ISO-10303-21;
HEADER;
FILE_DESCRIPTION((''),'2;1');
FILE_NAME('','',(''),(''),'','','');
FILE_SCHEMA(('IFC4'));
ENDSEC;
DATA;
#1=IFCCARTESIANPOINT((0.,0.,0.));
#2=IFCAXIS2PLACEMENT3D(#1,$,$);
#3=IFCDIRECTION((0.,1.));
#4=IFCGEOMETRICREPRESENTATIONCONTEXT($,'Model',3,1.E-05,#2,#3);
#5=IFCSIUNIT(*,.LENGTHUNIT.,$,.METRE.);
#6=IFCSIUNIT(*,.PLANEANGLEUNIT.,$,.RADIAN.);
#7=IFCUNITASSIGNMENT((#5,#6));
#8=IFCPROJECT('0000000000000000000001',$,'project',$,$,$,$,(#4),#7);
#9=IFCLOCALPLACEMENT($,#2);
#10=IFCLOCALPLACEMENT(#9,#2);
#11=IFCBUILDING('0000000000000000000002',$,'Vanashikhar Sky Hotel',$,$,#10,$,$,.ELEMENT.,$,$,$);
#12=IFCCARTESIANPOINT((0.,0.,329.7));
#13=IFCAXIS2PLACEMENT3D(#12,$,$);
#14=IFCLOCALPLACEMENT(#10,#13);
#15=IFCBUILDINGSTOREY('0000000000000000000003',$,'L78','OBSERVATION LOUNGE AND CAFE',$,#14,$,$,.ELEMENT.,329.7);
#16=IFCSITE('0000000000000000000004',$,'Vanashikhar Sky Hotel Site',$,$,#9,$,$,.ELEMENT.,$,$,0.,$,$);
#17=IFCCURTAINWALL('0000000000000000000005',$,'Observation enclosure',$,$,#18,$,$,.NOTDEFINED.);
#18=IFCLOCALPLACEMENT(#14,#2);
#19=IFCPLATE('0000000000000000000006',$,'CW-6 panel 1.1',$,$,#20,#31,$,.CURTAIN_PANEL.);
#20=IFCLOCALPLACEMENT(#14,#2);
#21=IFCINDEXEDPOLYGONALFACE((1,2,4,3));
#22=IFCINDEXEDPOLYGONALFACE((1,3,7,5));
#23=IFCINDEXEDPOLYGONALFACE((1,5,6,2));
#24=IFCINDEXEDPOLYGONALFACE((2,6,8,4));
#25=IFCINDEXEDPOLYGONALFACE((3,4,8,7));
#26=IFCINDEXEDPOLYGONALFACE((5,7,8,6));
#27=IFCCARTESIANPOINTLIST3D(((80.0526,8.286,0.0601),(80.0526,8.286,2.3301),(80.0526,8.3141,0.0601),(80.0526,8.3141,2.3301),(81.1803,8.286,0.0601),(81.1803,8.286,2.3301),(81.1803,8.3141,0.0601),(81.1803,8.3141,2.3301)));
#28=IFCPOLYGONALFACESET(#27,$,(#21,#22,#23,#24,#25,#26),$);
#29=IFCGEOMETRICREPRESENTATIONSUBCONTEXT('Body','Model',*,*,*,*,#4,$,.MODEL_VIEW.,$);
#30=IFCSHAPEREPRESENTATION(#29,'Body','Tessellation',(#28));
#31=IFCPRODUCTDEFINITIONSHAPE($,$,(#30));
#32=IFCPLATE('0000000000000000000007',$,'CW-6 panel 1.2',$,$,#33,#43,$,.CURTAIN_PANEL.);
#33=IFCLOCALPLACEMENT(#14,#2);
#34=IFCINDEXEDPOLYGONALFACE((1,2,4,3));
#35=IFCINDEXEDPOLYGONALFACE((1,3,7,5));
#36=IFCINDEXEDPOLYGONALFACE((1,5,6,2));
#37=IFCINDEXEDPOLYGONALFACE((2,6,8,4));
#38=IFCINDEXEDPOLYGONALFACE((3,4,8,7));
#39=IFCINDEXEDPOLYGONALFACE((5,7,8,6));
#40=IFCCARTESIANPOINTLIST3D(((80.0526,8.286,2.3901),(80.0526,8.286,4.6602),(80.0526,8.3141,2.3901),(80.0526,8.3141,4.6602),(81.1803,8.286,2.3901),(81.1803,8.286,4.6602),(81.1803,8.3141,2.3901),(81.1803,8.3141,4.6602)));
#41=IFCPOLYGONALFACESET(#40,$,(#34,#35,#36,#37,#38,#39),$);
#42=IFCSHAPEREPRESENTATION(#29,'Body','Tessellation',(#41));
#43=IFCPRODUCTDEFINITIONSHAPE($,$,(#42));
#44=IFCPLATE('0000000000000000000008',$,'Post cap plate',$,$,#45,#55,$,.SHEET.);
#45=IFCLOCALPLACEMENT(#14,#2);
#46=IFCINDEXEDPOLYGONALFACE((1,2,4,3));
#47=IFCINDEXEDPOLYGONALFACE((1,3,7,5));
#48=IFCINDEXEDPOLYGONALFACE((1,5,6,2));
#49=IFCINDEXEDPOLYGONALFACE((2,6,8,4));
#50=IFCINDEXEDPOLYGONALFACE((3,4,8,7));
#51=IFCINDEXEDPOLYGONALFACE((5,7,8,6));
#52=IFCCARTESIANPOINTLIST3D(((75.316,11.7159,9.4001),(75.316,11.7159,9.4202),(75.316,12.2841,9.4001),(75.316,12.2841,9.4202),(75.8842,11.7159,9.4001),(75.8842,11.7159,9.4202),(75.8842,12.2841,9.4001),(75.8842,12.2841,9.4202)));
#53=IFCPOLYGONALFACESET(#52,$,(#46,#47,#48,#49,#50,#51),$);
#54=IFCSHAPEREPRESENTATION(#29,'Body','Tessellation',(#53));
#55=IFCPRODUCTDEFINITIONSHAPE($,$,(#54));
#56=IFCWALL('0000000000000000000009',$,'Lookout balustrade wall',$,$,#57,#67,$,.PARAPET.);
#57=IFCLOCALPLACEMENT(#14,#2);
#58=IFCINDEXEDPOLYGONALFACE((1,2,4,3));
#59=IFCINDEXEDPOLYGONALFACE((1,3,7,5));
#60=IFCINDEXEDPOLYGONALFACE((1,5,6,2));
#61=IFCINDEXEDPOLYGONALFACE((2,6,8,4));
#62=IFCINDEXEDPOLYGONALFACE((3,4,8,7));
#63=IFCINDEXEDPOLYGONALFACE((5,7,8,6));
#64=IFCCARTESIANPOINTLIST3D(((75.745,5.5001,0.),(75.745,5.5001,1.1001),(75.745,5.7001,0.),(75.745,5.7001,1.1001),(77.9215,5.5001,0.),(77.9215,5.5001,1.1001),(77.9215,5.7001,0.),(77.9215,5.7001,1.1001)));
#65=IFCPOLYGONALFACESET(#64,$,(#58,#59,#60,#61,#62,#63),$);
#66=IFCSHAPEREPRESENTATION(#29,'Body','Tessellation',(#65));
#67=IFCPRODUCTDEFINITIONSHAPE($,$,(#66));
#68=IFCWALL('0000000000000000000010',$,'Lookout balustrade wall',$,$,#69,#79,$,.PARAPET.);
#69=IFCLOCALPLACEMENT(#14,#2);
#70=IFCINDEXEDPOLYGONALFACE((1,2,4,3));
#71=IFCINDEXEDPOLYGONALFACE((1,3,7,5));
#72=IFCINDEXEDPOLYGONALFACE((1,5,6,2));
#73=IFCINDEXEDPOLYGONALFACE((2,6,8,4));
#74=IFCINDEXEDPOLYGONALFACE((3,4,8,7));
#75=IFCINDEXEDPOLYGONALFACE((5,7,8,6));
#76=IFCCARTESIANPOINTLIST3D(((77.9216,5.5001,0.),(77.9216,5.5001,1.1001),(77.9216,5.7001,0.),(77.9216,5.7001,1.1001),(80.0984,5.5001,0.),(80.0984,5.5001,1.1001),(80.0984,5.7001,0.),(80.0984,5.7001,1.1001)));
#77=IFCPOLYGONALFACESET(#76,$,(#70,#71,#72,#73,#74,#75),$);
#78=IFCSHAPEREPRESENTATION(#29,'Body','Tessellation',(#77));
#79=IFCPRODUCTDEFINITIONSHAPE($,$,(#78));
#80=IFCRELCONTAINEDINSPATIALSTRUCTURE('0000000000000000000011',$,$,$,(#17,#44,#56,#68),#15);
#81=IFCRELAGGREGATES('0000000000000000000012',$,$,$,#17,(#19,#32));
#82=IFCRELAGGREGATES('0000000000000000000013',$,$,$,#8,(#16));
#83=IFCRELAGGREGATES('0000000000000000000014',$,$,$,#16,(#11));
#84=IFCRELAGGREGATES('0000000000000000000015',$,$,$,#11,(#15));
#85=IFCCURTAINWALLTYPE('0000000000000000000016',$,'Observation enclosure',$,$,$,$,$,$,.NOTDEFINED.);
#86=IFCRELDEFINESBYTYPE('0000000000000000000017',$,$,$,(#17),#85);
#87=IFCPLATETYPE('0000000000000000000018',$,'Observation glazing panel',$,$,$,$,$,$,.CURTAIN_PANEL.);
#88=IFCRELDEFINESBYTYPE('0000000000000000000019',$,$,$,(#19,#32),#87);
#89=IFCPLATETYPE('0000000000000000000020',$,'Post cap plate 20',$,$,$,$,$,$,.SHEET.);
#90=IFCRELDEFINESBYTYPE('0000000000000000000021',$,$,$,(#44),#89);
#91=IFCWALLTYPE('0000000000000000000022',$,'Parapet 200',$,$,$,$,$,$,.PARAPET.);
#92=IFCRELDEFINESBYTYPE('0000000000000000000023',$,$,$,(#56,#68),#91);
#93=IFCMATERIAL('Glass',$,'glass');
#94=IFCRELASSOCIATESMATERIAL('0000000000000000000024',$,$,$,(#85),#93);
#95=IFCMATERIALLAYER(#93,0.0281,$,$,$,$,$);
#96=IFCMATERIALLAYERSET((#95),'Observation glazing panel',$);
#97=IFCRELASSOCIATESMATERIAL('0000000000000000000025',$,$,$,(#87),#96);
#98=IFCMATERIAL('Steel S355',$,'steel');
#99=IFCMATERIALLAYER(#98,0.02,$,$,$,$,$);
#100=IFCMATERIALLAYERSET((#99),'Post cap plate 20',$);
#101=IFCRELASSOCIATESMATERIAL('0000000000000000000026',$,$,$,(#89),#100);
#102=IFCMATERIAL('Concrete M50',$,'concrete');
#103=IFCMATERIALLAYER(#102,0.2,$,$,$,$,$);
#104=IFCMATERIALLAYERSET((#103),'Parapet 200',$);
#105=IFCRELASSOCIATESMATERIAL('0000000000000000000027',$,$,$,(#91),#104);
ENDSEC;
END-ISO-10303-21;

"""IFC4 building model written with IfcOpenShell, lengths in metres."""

from ifc_helpers import new_model, si_unit, direction, frame, frame_2d, origin, origin_2d, place, context, subcontext, project, spatial, rectangle, extrude, source, transform, mapped, material, layer, layer_set, type_object, element, aggregate, save


model = new_model("IFC4")

# Units and contexts
model_context = context("Model", 3, precision=1e-05, world=origin(), true_north=direction((0.0, 1.0)))
body_context = subcontext(model_context, "Body", "Model", "MODEL_VIEW")
ifc_project = project(units=[si_unit("LENGTHUNIT", "METRE"), si_unit("PLANEANGLEUNIT", "RADIAN")], contexts=[model_context])

# Site, building, storey
site_placement = place(None, origin())
site = spatial("IfcSite", under=ifc_project, at=site_placement, Name="Vanashikhar Sky Hotel Site", CompositionType="ELEMENT", RefElevation=0.0)
building_placement = place(site_placement, origin())
building = spatial("IfcBuilding", under=site, at=building_placement, Name="Vanashikhar Sky Hotel", CompositionType="ELEMENT")
storey_placement = place(building_placement, frame((0.0, 0.0, 329.7)))
storey = spatial("IfcBuildingStorey", under=building, at=storey_placement, Name="L78", Description="OBSERVATION LOUNGE AND CAFE", CompositionType="ELEMENT", Elevation=329.7)

# Shared definitions
ifc_material_1 = material(Name="Concrete M50", Category="concrete")

# Curtain wall
ifc_material_2 = material(Name="Glass", Category="glass")
curtain_wall_type = type_object("IfcCurtainWallType", Name="Observation enclosure", PredefinedType="NOTDEFINED", material=ifc_material_2)
curtain_wall_1_placement = place(storey_placement, origin())
curtain_wall_1 = element("IfcCurtainWall", 1, at=curtain_wall_1_placement, inside=storey, type_object=curtain_wall_type, Name="Observation enclosure", PredefinedType="NOTDEFINED")

# Plates
ifc_layer_1 = layer(ifc_material_2, 0.0281)
ifc_layer_set_1 = layer_set([ifc_layer_1], Name="Observation glazing panel")
plate_type_1 = type_object("IfcPlateType", Name="Observation glazing panel", PredefinedType="CURTAIN_PANEL", material=ifc_layer_set_1)
shared_shape_1 = source(origin(), body_context, "Body", "SweptSolid", [
    extrude(rectangle(XDim=1.1277, YDim=0.0281, at=origin_2d()), origin(), (0.0, 0.0, 1.0), 2.27),
])
plate_1_placement = place(storey_placement, frame((80.6165, 8.3, 0.0601), z_axis=(0.0, 0.0, 1.0), x_axis=(1.0, 0.0, 0.0)))
plate_1 = element("IfcPlate", 2, at=plate_1_placement, type_object=plate_type_1, Name="CW-6 panel 1.1", PredefinedType="CURTAIN_PANEL", context=body_context, shape_type="MappedRepresentation", body=[
    mapped(shared_shape_1, transform((0.0, 0.0, 0.0), scale=1.0)),
])
plate_2_placement = place(storey_placement, frame((80.6165, 8.3, 2.3901), z_axis=(0.0, 0.0, 1.0), x_axis=(1.0, 0.0, 0.0)))
plate_2 = element("IfcPlate", 3, at=plate_2_placement, type_object=plate_type_1, Name="CW-6 panel 1.2", PredefinedType="CURTAIN_PANEL", context=body_context, shape_type="MappedRepresentation", body=[
    mapped(shared_shape_1, transform((0.0, 0.0, 0.0), scale=1.0)),
])
aggregate(curtain_wall_1, [plate_1, plate_2])
ifc_material_3 = material(Name="Steel S355", Category="steel")
ifc_layer_2 = layer(ifc_material_3, 0.02)
ifc_layer_set_2 = layer_set([ifc_layer_2], Name="Post cap plate 20")
plate_type_2 = type_object("IfcPlateType", Name="Post cap plate 20", PredefinedType="SHEET", material=ifc_layer_set_2)
shared_shape_2 = source(origin(), body_context, "Body", "SweptSolid", [
    extrude(rectangle(XDim=0.5681, YDim=0.5681, at=origin_2d()), origin(), (0.0, 0.0, 1.0), 0.02),
])
plate_3_placement = place(storey_placement, frame((75.6001, 12.0, 9.4001), z_axis=(0.0, 0.0, 1.0), x_axis=(1.0, 0.0, 0.0)))
element("IfcPlate", 4, at=plate_3_placement, inside=storey, type_object=plate_type_2, Name="Post cap plate", PredefinedType="SHEET", context=body_context, shape_type="MappedRepresentation", body=[
    mapped(shared_shape_2, transform((0.0, 0.0, 0.0), scale=1.0)),
])

# Walls
ifc_layer_3 = layer(ifc_material_1, 0.2)
ifc_layer_set_3 = layer_set([ifc_layer_3], Name="Parapet 200")
wall_type_1 = type_object("IfcWallType", Name="Parapet 200", PredefinedType="PARAPET", material=ifc_layer_set_3)
shared_shape_3 = source(origin(), body_context, "Body", "SweptSolid", [
    extrude(rectangle(XDim=2.1765, YDim=0.2, at=frame_2d((1.0884, 0.0))), origin(), (0.0, 0.0, 1.0), 1.1001),
])
wall_1_placement = place(storey_placement, frame((77.9216, 5.6001, 0.0), z_axis=(0.0, 0.0, 1.0), x_axis=(-1.0, 0.0, 0.0)))
element("IfcWall", 5, at=wall_1_placement, inside=storey, type_object=wall_type_1, Name="Lookout balustrade wall", PredefinedType="PARAPET", context=body_context, shape_type="MappedRepresentation", body=[
    mapped(shared_shape_3, transform((0.0, 0.0, 0.0), scale=1.0)),
])
shared_shape_4 = source(origin(), body_context, "Body", "SweptSolid", [
    extrude(rectangle(XDim=2.1768, YDim=0.2, at=frame_2d((1.0884, 0.0))), origin(), (0.0, 0.0, 1.0), 1.1001),
])
wall_2_placement = place(storey_placement, frame((80.0984, 5.6001, 0.0), z_axis=(0.0, 0.0, 1.0), x_axis=(-1.0, 0.0, 0.0)))
element("IfcWall", 6, at=wall_2_placement, inside=storey, type_object=wall_type_1, Name="Lookout balustrade wall", PredefinedType="PARAPET", context=body_context, shape_type="MappedRepresentation", body=[
    mapped(shared_shape_4, transform((0.0, 0.0, 0.0), scale=1.0)),
])

save(model, "model.ifc")
